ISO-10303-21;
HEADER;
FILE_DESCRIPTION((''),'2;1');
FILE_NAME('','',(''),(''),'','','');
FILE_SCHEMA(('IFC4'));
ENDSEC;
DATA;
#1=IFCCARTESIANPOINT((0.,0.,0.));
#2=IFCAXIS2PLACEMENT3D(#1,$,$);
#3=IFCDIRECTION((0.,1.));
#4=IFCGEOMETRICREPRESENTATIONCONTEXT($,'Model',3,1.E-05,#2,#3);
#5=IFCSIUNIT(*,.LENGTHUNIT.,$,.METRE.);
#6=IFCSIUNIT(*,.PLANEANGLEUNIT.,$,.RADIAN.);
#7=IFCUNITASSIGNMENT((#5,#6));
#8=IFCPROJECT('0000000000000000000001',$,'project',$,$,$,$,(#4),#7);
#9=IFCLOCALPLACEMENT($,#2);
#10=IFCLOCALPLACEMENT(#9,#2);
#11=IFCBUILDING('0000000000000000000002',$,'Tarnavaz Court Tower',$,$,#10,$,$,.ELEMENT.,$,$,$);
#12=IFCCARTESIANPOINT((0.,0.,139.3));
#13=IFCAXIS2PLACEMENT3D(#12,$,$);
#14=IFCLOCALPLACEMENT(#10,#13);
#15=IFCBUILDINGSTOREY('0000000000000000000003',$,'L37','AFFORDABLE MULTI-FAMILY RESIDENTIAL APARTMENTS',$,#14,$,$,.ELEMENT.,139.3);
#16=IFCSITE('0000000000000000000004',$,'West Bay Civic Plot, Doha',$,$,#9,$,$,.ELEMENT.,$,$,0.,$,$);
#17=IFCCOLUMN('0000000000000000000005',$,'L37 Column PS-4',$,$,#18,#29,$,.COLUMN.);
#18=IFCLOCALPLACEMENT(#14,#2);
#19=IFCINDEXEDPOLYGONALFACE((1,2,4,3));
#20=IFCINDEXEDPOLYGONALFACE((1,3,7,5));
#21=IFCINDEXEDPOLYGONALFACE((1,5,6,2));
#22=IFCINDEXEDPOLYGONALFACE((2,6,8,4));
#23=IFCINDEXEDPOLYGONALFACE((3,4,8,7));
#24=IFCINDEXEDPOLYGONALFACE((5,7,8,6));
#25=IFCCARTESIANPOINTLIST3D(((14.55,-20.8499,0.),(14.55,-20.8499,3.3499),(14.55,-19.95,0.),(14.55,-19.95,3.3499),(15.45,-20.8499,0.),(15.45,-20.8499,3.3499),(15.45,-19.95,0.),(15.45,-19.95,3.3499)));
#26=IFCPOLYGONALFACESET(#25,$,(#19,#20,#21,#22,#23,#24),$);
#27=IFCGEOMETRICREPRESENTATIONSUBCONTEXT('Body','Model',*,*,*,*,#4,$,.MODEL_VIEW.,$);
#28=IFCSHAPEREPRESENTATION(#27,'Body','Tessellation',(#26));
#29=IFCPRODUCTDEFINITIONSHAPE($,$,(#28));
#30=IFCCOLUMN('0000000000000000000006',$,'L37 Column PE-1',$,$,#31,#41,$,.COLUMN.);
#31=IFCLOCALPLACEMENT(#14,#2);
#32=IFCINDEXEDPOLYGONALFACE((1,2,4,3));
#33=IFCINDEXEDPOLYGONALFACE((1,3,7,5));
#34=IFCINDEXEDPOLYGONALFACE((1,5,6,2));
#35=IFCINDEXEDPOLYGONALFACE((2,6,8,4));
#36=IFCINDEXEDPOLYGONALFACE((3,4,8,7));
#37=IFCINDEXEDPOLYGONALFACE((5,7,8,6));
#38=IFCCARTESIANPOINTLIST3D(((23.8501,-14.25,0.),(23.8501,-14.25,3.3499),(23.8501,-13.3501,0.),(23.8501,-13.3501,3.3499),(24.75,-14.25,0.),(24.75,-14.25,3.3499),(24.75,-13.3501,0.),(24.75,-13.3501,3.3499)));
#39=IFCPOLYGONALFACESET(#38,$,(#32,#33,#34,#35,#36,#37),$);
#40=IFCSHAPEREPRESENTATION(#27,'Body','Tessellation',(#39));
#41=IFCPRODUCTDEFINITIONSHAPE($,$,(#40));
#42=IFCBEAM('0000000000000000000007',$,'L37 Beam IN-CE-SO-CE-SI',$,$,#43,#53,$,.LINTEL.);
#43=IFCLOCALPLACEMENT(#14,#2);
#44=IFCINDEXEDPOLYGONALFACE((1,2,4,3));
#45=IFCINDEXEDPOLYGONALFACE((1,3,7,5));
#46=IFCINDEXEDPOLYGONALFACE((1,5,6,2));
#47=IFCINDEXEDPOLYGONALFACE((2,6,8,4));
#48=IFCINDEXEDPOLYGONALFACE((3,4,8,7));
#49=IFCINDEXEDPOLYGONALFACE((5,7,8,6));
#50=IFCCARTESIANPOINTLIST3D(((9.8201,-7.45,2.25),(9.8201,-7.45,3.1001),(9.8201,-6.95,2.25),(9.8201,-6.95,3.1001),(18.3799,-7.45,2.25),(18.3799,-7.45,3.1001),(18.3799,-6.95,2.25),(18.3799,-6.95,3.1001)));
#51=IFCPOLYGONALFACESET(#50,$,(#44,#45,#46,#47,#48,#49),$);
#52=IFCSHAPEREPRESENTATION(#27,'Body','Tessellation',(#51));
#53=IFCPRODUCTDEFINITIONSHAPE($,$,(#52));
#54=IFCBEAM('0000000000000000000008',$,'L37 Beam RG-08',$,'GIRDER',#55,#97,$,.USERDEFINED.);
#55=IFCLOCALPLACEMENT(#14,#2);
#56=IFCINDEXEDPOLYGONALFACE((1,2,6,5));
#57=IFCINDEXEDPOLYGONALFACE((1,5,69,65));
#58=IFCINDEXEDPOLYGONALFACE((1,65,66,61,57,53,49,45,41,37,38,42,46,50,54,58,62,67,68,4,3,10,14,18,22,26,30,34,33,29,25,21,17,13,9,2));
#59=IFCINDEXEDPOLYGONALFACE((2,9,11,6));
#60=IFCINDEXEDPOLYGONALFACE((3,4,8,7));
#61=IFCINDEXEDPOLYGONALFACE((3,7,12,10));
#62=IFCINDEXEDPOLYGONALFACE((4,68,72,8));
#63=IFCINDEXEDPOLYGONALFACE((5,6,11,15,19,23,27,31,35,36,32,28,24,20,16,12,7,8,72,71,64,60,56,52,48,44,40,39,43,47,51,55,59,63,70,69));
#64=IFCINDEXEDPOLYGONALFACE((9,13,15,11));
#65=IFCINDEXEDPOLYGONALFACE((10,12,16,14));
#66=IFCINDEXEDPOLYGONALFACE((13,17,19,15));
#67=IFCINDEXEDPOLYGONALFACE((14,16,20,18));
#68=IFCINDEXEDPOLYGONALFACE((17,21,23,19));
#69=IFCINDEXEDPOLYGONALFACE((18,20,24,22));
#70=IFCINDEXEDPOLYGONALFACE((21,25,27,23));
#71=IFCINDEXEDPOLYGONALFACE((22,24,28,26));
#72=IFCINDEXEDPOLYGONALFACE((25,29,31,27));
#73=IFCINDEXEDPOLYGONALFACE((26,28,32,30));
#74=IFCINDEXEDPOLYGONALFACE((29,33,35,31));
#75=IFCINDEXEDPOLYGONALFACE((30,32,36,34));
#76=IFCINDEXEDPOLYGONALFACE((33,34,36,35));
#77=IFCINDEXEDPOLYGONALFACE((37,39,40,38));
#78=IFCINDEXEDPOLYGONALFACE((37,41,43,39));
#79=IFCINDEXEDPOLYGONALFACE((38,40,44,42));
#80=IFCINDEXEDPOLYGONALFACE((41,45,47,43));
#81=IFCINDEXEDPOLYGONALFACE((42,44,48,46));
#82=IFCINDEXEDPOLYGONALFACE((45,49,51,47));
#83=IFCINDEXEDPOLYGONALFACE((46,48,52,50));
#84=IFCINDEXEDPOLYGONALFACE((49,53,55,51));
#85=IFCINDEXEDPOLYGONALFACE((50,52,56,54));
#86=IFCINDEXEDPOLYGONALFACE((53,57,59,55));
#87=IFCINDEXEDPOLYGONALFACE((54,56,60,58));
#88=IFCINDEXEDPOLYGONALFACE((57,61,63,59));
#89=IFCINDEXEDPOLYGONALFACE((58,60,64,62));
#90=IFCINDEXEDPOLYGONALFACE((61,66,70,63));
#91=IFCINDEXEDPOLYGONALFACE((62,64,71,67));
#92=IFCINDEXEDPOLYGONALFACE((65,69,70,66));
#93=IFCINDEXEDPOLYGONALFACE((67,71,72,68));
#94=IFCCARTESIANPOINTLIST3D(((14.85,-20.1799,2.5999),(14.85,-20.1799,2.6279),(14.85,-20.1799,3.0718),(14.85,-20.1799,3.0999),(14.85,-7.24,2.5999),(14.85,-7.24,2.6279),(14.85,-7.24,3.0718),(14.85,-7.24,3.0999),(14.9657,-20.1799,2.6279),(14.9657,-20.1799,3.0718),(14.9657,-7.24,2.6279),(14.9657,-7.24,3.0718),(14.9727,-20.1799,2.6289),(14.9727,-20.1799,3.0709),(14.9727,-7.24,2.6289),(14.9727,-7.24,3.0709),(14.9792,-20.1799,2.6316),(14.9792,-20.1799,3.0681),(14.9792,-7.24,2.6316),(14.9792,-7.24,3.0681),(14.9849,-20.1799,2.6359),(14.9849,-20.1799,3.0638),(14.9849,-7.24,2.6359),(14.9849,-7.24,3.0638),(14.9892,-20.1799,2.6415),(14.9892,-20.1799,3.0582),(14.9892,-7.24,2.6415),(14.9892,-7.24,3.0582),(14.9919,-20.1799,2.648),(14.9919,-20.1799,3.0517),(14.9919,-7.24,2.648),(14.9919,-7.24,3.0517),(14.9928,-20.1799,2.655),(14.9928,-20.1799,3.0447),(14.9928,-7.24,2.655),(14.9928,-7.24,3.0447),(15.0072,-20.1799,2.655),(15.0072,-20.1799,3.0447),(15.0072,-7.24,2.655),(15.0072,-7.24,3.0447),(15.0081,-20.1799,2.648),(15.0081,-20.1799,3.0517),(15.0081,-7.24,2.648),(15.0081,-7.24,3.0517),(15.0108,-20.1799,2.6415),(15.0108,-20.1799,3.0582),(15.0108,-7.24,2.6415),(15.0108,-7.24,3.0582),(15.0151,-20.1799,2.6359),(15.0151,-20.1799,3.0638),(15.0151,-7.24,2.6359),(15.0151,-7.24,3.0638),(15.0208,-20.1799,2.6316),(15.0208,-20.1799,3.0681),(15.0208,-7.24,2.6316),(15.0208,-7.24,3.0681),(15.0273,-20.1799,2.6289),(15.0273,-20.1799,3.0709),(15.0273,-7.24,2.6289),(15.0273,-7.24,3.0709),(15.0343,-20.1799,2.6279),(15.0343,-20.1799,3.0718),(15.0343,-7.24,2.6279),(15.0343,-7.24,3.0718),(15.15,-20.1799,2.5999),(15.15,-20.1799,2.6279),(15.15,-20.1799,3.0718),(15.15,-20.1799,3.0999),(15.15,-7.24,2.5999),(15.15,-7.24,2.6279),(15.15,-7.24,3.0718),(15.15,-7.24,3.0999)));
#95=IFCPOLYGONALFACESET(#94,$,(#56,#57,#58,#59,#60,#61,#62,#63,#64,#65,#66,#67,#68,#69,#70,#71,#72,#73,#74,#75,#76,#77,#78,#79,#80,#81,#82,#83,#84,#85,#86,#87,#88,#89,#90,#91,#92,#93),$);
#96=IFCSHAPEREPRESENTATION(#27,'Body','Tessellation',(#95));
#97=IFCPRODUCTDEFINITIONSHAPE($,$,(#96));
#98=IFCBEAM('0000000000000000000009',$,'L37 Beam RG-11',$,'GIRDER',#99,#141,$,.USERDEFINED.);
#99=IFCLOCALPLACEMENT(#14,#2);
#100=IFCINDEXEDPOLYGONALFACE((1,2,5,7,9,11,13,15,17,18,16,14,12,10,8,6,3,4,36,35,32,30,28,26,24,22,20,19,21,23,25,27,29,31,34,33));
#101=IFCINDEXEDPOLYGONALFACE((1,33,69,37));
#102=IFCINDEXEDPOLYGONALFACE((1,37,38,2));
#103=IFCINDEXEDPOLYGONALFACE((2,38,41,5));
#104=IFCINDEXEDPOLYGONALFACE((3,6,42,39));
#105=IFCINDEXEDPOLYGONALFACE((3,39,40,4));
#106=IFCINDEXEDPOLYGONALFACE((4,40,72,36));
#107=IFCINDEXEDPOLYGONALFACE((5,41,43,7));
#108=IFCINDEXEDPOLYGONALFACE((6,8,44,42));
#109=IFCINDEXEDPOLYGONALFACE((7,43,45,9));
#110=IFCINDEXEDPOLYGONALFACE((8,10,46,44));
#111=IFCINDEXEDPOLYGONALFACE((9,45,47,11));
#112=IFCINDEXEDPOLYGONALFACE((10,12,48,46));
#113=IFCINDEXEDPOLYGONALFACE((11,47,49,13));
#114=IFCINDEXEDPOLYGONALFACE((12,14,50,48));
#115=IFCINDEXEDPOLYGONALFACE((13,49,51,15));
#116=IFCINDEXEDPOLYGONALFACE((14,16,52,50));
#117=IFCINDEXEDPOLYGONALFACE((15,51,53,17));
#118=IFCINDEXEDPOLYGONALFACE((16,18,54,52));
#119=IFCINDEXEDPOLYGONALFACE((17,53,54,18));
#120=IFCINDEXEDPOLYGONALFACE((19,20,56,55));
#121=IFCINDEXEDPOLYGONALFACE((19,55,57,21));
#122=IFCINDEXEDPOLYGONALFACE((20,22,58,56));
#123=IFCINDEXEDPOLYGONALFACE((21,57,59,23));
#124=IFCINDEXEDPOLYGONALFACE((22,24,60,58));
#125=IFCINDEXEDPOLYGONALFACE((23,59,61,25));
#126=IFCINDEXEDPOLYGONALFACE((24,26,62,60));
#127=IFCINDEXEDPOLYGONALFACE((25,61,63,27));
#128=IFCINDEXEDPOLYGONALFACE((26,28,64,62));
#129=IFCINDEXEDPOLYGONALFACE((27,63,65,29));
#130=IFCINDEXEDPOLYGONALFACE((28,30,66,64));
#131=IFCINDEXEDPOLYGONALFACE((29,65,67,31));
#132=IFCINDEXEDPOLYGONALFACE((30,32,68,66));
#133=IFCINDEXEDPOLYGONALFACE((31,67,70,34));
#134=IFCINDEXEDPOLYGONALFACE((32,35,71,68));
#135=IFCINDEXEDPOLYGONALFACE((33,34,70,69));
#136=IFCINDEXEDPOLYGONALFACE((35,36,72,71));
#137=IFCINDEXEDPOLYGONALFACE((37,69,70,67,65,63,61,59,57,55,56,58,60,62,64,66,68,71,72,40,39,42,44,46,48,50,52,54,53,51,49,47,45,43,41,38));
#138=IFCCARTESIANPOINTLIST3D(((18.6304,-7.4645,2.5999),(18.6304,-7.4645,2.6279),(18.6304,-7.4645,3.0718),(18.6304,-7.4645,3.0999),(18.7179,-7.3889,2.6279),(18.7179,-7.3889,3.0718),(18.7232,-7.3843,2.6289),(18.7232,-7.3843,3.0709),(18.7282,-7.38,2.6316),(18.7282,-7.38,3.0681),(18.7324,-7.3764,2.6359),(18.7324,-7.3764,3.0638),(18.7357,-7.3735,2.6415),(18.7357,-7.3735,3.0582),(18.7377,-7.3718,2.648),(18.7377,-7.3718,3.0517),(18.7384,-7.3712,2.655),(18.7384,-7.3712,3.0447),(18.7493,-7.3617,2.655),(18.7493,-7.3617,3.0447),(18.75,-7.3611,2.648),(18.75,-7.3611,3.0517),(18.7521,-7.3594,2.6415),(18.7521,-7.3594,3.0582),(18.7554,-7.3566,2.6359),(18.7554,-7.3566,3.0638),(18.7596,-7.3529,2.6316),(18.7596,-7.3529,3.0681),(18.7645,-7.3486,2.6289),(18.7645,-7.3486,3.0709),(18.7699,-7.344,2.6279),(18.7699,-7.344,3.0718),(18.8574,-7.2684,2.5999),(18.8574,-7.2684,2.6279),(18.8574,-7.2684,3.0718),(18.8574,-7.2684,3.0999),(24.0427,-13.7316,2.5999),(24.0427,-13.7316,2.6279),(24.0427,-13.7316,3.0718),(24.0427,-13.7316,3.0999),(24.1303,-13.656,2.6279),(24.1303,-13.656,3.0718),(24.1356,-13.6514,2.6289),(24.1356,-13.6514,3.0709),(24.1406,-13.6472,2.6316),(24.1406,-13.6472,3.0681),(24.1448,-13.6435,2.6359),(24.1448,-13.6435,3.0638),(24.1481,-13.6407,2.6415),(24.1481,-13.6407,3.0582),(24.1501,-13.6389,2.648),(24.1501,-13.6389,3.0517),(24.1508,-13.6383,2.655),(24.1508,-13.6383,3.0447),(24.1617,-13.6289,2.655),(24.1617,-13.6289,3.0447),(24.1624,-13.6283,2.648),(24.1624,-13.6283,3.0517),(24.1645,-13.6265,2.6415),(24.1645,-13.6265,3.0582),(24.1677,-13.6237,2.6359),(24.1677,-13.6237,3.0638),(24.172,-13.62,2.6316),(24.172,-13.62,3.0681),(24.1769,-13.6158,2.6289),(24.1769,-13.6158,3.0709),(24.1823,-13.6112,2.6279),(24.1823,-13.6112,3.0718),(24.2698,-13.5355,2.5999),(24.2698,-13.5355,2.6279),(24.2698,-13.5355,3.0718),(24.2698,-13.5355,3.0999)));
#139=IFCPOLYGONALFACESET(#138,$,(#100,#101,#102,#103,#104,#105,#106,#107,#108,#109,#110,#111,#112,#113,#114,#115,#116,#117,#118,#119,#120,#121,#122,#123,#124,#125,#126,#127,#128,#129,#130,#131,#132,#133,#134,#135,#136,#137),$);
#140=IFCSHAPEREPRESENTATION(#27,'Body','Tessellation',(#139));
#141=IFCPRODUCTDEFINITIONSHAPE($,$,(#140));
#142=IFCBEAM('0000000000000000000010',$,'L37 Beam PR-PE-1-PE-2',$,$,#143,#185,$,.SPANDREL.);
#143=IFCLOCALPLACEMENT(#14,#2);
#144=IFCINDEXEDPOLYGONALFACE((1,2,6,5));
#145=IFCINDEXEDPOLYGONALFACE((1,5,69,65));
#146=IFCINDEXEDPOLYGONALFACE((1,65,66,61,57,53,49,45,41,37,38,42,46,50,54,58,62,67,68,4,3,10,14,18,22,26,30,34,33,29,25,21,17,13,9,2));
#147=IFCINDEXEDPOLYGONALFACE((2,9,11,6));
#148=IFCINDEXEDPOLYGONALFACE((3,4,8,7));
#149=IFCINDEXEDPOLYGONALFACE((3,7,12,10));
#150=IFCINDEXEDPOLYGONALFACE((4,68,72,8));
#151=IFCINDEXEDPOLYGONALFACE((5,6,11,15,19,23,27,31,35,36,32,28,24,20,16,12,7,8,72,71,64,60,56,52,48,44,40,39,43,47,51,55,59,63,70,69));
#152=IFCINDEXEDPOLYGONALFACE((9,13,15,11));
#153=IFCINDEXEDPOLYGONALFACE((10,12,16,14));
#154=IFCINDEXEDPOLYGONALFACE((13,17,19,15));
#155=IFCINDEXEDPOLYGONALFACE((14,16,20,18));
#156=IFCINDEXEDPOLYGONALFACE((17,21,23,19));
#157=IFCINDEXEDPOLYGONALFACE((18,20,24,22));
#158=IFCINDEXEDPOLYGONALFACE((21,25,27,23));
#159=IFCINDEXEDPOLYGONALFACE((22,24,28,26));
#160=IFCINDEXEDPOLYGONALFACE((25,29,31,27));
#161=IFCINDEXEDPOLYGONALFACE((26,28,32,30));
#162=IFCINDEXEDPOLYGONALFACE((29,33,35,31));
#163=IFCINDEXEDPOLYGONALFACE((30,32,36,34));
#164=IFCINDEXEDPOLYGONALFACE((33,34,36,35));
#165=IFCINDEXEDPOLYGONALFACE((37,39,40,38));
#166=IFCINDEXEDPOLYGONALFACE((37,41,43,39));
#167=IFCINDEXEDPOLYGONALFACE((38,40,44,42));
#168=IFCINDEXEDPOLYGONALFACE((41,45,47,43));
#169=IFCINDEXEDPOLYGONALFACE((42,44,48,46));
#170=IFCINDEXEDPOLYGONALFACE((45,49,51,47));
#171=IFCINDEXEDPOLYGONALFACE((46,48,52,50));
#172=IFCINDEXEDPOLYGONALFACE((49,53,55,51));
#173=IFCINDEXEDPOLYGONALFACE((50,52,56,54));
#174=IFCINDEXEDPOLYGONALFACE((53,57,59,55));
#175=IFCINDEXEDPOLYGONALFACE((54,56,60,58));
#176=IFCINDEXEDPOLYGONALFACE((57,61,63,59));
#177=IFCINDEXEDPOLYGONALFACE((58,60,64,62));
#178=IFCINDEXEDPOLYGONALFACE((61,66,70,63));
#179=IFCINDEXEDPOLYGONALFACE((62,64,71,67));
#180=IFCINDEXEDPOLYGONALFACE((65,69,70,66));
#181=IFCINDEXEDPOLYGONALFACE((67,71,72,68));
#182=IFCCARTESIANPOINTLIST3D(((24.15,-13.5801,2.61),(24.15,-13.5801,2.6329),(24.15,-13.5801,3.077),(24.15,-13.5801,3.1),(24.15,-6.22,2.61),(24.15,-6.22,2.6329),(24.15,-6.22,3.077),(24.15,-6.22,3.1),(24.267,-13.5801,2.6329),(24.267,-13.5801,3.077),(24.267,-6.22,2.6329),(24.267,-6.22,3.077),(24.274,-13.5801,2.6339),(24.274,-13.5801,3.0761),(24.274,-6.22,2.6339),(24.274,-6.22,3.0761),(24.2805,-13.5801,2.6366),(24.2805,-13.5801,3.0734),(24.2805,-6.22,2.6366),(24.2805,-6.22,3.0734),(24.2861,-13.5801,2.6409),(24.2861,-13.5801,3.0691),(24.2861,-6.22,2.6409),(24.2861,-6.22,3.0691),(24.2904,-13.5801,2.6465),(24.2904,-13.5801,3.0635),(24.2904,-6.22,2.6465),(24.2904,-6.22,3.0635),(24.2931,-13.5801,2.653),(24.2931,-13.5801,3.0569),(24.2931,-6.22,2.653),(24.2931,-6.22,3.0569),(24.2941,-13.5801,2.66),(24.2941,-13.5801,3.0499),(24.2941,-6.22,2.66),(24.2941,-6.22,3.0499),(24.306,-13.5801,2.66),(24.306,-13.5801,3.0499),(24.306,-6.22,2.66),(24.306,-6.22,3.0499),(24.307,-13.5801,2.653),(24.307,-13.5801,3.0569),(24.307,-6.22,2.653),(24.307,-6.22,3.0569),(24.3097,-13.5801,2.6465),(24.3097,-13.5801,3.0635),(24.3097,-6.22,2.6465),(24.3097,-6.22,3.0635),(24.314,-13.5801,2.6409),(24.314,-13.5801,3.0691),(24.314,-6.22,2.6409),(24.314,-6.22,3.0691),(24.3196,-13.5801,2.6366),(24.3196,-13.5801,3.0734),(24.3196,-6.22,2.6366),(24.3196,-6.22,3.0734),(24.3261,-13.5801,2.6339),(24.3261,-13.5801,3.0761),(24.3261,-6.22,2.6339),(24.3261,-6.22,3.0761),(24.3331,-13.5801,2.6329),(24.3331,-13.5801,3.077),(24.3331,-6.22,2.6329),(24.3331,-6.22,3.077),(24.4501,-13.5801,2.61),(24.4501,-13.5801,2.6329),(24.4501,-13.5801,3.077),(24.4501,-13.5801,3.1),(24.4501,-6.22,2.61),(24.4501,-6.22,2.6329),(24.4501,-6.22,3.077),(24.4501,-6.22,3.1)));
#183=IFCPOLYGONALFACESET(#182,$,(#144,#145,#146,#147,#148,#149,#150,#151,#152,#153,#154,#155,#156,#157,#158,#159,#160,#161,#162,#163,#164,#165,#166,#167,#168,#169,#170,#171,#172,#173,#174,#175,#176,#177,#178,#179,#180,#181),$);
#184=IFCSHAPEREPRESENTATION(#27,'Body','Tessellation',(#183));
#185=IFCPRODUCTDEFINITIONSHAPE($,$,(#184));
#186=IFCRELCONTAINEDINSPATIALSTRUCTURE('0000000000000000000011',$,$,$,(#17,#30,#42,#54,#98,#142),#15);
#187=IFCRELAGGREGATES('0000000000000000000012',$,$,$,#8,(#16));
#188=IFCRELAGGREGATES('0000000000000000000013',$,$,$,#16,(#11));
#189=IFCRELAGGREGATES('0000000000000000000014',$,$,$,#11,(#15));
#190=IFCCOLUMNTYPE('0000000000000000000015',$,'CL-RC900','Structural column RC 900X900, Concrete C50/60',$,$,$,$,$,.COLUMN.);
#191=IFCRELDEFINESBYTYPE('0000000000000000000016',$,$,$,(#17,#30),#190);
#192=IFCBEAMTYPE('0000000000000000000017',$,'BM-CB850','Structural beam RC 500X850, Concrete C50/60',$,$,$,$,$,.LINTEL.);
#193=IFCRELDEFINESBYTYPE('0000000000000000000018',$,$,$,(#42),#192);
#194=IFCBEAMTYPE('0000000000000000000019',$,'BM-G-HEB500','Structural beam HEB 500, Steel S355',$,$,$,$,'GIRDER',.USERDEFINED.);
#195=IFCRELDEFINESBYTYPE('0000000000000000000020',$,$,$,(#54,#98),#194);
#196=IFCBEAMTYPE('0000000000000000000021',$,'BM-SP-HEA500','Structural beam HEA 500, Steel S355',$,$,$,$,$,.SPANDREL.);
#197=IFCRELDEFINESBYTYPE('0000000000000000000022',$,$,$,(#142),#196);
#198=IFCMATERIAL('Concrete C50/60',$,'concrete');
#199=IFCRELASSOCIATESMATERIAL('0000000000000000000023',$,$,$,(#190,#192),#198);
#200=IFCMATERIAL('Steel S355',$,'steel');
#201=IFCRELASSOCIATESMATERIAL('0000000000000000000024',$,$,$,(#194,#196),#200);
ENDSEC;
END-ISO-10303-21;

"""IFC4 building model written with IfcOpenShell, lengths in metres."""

from ifc_helpers import new_model, si_unit, direction, frame, origin, origin_2d, place, context, subcontext, project, spatial, rectangle, i_section, extrude, material, material_profile, profile_set, type_object, element, save


model = new_model("IFC4")

# Units and contexts
model_context = context("Model", 3, precision=1e-05, world=origin(), true_north=direction((0.0, 1.0)))
body_context = subcontext(model_context, "Body", "Model", "MODEL_VIEW")
ifc_project = project(units=[si_unit("LENGTHUNIT", "METRE"), si_unit("PLANEANGLEUNIT", "RADIAN")], contexts=[model_context])

# Site, building, storey
site_placement = place(None, origin())
site = spatial("IfcSite", under=ifc_project, at=site_placement, Name="West Bay Civic Plot, Doha", CompositionType="ELEMENT", RefElevation=0.0)
building_placement = place(site_placement, origin())
building = spatial("IfcBuilding", under=site, at=building_placement, Name="Tarnavaz Court Tower", CompositionType="ELEMENT")
storey_placement = place(building_placement, frame((0.0, 0.0, 139.3)))
storey = spatial("IfcBuildingStorey", under=building, at=storey_placement, Name="L37", Description="AFFORDABLE MULTI-FAMILY RESIDENTIAL APARTMENTS", CompositionType="ELEMENT", Elevation=139.3)

# Columns
ifc_material_1 = material(Name="Concrete C50/60", Category="concrete")
ifc_material_profile_1 = material_profile(ifc_material_1, rectangle(XDim=0.8999, YDim=0.8999, at=origin_2d()), Name="RC 900X900")
ifc_profile_set_1 = profile_set([ifc_material_profile_1], Name="Concrete C50/60")
column_type = type_object("IfcColumnType", Name="CL-RC900", Description="Structural column RC 900X900, Concrete C50/60", PredefinedType="COLUMN", material=ifc_profile_set_1)
for number, where, z_axis, x_axis, name in (
    (1, (15.0, -20.3999, 0.0), (0.0, 0.0, 1.0), (1.0, 0.0, 0.0), "L37 Column PS-4"),
    (2, (24.3, -13.8, 0.0), (0.0, 0.0, 1.0), (1.0, 0.0, 0.0), "L37 Column PE-1"),
):
    element("IfcColumn", number, at=place(storey_placement, frame(where, z_axis=z_axis, x_axis=x_axis)), inside=storey, type_object=column_type, Name=name, PredefinedType="COLUMN", context=body_context, shape_type="SweptSolid", body=[
        extrude(rectangle(XDim=0.8999, YDim=0.8999, at=origin_2d()), origin(), (0.0, 0.0, 1.0), 3.3499),
    ])

# Beams
ifc_material_profile_2 = material_profile(ifc_material_1, rectangle(XDim=0.5, YDim=0.8501, at=origin_2d()), Name="RC 500X850")
ifc_profile_set_2 = profile_set([ifc_material_profile_2], Name="Concrete C50/60")
beam_type_1 = type_object("IfcBeamType", Name="BM-CB850", Description="Structural beam RC 500X850, Concrete C50/60", PredefinedType="LINTEL", material=ifc_profile_set_2)
beam_1_placement = place(storey_placement, frame((18.3799, -7.2, 2.675), z_axis=(-1.0, 0.0, 0.0), x_axis=(0.0, -1.0, 0.0)))
element("IfcBeam", 3, at=beam_1_placement, inside=storey, type_object=beam_type_1, Name="L37 Beam IN-CE-SO-CE-SI", PredefinedType="LINTEL", context=body_context, shape_type="SweptSolid", body=[
    extrude(rectangle(XDim=0.5, YDim=0.8501, at=origin_2d()), origin(), (0.0, 0.0, 1.0), 8.5598),
])
ifc_material_2 = material(Name="Steel S355", Category="steel")
ifc_material_profile_3 = material_profile(ifc_material_2, i_section(OverallWidth=0.3, OverallDepth=0.5, WebThickness=0.0144, FlangeThickness=0.0281, FilletRadius=0.0271, at=origin_2d()), Name="HEB 500")
ifc_profile_set_3 = profile_set([ifc_material_profile_3], Name="Steel S355")
beam_type_2 = type_object("IfcBeamType", Name="BM-G-HEB500", Description="Structural beam HEB 500, Steel S355", ElementType="GIRDER", PredefinedType="USERDEFINED", material=ifc_profile_set_3)
beam_2_placement = place(storey_placement, frame((15.0, -7.24, 2.8499), z_axis=(0.0, -1.0, 0.0), x_axis=(1.0, 0.0, 0.0)))
element("IfcBeam", 4, at=beam_2_placement, inside=storey, type_object=beam_type_2, Name="L37 Beam RG-08", ObjectType="GIRDER", PredefinedType="USERDEFINED", context=body_context, shape_type="SweptSolid", body=[
    extrude(i_section(OverallWidth=0.3, OverallDepth=0.5, WebThickness=0.0144, FlangeThickness=0.0281, FilletRadius=0.0271, at=origin_2d()), origin(), (0.0, 0.0, 1.0), 12.9399),
])
beam_3_placement = place(storey_placement, frame((18.7439, -7.3665, 2.8499), z_axis=(0.653611, -0.756831, 0.0), x_axis=(0.756831, 0.653611, 0.0)))
element("IfcBeam", 5, at=beam_3_placement, inside=storey, type_object=beam_type_2, Name="L37 Beam RG-11", ObjectType="GIRDER", PredefinedType="USERDEFINED", context=body_context, shape_type="SweptSolid", body=[
    extrude(i_section(OverallWidth=0.3, OverallDepth=0.5, WebThickness=0.0144, FlangeThickness=0.0281, FilletRadius=0.0271, at=origin_2d()), origin(), (0.0, 0.0, 1.0), 8.2808),
])
ifc_material_profile_4 = material_profile(ifc_material_2, i_section(OverallWidth=0.3, OverallDepth=0.49, WebThickness=0.012, FlangeThickness=0.0229, FilletRadius=0.0271, at=origin_2d()), Name="HEA 500")
ifc_profile_set_4 = profile_set([ifc_material_profile_4], Name="Steel S355")
beam_type_3 = type_object("IfcBeamType", Name="BM-SP-HEA500", Description="Structural beam HEA 500, Steel S355", PredefinedType="SPANDREL", material=ifc_profile_set_4)
beam_4_placement = place(storey_placement, frame((24.3, -13.5801, 2.855), z_axis=(0.0, 1.0, 0.0), x_axis=(-1.0, 0.0, 0.0)))
element("IfcBeam", 6, at=beam_4_placement, inside=storey, type_object=beam_type_3, Name="L37 Beam PR-PE-1-PE-2", PredefinedType="SPANDREL", context=body_context, shape_type="SweptSolid", body=[
    extrude(i_section(OverallWidth=0.3, OverallDepth=0.49, WebThickness=0.012, FlangeThickness=0.0229, FilletRadius=0.0271, at=origin_2d()), origin(), (0.0, 0.0, 1.0), 7.3601),
])

save(model, "model.ifc")
